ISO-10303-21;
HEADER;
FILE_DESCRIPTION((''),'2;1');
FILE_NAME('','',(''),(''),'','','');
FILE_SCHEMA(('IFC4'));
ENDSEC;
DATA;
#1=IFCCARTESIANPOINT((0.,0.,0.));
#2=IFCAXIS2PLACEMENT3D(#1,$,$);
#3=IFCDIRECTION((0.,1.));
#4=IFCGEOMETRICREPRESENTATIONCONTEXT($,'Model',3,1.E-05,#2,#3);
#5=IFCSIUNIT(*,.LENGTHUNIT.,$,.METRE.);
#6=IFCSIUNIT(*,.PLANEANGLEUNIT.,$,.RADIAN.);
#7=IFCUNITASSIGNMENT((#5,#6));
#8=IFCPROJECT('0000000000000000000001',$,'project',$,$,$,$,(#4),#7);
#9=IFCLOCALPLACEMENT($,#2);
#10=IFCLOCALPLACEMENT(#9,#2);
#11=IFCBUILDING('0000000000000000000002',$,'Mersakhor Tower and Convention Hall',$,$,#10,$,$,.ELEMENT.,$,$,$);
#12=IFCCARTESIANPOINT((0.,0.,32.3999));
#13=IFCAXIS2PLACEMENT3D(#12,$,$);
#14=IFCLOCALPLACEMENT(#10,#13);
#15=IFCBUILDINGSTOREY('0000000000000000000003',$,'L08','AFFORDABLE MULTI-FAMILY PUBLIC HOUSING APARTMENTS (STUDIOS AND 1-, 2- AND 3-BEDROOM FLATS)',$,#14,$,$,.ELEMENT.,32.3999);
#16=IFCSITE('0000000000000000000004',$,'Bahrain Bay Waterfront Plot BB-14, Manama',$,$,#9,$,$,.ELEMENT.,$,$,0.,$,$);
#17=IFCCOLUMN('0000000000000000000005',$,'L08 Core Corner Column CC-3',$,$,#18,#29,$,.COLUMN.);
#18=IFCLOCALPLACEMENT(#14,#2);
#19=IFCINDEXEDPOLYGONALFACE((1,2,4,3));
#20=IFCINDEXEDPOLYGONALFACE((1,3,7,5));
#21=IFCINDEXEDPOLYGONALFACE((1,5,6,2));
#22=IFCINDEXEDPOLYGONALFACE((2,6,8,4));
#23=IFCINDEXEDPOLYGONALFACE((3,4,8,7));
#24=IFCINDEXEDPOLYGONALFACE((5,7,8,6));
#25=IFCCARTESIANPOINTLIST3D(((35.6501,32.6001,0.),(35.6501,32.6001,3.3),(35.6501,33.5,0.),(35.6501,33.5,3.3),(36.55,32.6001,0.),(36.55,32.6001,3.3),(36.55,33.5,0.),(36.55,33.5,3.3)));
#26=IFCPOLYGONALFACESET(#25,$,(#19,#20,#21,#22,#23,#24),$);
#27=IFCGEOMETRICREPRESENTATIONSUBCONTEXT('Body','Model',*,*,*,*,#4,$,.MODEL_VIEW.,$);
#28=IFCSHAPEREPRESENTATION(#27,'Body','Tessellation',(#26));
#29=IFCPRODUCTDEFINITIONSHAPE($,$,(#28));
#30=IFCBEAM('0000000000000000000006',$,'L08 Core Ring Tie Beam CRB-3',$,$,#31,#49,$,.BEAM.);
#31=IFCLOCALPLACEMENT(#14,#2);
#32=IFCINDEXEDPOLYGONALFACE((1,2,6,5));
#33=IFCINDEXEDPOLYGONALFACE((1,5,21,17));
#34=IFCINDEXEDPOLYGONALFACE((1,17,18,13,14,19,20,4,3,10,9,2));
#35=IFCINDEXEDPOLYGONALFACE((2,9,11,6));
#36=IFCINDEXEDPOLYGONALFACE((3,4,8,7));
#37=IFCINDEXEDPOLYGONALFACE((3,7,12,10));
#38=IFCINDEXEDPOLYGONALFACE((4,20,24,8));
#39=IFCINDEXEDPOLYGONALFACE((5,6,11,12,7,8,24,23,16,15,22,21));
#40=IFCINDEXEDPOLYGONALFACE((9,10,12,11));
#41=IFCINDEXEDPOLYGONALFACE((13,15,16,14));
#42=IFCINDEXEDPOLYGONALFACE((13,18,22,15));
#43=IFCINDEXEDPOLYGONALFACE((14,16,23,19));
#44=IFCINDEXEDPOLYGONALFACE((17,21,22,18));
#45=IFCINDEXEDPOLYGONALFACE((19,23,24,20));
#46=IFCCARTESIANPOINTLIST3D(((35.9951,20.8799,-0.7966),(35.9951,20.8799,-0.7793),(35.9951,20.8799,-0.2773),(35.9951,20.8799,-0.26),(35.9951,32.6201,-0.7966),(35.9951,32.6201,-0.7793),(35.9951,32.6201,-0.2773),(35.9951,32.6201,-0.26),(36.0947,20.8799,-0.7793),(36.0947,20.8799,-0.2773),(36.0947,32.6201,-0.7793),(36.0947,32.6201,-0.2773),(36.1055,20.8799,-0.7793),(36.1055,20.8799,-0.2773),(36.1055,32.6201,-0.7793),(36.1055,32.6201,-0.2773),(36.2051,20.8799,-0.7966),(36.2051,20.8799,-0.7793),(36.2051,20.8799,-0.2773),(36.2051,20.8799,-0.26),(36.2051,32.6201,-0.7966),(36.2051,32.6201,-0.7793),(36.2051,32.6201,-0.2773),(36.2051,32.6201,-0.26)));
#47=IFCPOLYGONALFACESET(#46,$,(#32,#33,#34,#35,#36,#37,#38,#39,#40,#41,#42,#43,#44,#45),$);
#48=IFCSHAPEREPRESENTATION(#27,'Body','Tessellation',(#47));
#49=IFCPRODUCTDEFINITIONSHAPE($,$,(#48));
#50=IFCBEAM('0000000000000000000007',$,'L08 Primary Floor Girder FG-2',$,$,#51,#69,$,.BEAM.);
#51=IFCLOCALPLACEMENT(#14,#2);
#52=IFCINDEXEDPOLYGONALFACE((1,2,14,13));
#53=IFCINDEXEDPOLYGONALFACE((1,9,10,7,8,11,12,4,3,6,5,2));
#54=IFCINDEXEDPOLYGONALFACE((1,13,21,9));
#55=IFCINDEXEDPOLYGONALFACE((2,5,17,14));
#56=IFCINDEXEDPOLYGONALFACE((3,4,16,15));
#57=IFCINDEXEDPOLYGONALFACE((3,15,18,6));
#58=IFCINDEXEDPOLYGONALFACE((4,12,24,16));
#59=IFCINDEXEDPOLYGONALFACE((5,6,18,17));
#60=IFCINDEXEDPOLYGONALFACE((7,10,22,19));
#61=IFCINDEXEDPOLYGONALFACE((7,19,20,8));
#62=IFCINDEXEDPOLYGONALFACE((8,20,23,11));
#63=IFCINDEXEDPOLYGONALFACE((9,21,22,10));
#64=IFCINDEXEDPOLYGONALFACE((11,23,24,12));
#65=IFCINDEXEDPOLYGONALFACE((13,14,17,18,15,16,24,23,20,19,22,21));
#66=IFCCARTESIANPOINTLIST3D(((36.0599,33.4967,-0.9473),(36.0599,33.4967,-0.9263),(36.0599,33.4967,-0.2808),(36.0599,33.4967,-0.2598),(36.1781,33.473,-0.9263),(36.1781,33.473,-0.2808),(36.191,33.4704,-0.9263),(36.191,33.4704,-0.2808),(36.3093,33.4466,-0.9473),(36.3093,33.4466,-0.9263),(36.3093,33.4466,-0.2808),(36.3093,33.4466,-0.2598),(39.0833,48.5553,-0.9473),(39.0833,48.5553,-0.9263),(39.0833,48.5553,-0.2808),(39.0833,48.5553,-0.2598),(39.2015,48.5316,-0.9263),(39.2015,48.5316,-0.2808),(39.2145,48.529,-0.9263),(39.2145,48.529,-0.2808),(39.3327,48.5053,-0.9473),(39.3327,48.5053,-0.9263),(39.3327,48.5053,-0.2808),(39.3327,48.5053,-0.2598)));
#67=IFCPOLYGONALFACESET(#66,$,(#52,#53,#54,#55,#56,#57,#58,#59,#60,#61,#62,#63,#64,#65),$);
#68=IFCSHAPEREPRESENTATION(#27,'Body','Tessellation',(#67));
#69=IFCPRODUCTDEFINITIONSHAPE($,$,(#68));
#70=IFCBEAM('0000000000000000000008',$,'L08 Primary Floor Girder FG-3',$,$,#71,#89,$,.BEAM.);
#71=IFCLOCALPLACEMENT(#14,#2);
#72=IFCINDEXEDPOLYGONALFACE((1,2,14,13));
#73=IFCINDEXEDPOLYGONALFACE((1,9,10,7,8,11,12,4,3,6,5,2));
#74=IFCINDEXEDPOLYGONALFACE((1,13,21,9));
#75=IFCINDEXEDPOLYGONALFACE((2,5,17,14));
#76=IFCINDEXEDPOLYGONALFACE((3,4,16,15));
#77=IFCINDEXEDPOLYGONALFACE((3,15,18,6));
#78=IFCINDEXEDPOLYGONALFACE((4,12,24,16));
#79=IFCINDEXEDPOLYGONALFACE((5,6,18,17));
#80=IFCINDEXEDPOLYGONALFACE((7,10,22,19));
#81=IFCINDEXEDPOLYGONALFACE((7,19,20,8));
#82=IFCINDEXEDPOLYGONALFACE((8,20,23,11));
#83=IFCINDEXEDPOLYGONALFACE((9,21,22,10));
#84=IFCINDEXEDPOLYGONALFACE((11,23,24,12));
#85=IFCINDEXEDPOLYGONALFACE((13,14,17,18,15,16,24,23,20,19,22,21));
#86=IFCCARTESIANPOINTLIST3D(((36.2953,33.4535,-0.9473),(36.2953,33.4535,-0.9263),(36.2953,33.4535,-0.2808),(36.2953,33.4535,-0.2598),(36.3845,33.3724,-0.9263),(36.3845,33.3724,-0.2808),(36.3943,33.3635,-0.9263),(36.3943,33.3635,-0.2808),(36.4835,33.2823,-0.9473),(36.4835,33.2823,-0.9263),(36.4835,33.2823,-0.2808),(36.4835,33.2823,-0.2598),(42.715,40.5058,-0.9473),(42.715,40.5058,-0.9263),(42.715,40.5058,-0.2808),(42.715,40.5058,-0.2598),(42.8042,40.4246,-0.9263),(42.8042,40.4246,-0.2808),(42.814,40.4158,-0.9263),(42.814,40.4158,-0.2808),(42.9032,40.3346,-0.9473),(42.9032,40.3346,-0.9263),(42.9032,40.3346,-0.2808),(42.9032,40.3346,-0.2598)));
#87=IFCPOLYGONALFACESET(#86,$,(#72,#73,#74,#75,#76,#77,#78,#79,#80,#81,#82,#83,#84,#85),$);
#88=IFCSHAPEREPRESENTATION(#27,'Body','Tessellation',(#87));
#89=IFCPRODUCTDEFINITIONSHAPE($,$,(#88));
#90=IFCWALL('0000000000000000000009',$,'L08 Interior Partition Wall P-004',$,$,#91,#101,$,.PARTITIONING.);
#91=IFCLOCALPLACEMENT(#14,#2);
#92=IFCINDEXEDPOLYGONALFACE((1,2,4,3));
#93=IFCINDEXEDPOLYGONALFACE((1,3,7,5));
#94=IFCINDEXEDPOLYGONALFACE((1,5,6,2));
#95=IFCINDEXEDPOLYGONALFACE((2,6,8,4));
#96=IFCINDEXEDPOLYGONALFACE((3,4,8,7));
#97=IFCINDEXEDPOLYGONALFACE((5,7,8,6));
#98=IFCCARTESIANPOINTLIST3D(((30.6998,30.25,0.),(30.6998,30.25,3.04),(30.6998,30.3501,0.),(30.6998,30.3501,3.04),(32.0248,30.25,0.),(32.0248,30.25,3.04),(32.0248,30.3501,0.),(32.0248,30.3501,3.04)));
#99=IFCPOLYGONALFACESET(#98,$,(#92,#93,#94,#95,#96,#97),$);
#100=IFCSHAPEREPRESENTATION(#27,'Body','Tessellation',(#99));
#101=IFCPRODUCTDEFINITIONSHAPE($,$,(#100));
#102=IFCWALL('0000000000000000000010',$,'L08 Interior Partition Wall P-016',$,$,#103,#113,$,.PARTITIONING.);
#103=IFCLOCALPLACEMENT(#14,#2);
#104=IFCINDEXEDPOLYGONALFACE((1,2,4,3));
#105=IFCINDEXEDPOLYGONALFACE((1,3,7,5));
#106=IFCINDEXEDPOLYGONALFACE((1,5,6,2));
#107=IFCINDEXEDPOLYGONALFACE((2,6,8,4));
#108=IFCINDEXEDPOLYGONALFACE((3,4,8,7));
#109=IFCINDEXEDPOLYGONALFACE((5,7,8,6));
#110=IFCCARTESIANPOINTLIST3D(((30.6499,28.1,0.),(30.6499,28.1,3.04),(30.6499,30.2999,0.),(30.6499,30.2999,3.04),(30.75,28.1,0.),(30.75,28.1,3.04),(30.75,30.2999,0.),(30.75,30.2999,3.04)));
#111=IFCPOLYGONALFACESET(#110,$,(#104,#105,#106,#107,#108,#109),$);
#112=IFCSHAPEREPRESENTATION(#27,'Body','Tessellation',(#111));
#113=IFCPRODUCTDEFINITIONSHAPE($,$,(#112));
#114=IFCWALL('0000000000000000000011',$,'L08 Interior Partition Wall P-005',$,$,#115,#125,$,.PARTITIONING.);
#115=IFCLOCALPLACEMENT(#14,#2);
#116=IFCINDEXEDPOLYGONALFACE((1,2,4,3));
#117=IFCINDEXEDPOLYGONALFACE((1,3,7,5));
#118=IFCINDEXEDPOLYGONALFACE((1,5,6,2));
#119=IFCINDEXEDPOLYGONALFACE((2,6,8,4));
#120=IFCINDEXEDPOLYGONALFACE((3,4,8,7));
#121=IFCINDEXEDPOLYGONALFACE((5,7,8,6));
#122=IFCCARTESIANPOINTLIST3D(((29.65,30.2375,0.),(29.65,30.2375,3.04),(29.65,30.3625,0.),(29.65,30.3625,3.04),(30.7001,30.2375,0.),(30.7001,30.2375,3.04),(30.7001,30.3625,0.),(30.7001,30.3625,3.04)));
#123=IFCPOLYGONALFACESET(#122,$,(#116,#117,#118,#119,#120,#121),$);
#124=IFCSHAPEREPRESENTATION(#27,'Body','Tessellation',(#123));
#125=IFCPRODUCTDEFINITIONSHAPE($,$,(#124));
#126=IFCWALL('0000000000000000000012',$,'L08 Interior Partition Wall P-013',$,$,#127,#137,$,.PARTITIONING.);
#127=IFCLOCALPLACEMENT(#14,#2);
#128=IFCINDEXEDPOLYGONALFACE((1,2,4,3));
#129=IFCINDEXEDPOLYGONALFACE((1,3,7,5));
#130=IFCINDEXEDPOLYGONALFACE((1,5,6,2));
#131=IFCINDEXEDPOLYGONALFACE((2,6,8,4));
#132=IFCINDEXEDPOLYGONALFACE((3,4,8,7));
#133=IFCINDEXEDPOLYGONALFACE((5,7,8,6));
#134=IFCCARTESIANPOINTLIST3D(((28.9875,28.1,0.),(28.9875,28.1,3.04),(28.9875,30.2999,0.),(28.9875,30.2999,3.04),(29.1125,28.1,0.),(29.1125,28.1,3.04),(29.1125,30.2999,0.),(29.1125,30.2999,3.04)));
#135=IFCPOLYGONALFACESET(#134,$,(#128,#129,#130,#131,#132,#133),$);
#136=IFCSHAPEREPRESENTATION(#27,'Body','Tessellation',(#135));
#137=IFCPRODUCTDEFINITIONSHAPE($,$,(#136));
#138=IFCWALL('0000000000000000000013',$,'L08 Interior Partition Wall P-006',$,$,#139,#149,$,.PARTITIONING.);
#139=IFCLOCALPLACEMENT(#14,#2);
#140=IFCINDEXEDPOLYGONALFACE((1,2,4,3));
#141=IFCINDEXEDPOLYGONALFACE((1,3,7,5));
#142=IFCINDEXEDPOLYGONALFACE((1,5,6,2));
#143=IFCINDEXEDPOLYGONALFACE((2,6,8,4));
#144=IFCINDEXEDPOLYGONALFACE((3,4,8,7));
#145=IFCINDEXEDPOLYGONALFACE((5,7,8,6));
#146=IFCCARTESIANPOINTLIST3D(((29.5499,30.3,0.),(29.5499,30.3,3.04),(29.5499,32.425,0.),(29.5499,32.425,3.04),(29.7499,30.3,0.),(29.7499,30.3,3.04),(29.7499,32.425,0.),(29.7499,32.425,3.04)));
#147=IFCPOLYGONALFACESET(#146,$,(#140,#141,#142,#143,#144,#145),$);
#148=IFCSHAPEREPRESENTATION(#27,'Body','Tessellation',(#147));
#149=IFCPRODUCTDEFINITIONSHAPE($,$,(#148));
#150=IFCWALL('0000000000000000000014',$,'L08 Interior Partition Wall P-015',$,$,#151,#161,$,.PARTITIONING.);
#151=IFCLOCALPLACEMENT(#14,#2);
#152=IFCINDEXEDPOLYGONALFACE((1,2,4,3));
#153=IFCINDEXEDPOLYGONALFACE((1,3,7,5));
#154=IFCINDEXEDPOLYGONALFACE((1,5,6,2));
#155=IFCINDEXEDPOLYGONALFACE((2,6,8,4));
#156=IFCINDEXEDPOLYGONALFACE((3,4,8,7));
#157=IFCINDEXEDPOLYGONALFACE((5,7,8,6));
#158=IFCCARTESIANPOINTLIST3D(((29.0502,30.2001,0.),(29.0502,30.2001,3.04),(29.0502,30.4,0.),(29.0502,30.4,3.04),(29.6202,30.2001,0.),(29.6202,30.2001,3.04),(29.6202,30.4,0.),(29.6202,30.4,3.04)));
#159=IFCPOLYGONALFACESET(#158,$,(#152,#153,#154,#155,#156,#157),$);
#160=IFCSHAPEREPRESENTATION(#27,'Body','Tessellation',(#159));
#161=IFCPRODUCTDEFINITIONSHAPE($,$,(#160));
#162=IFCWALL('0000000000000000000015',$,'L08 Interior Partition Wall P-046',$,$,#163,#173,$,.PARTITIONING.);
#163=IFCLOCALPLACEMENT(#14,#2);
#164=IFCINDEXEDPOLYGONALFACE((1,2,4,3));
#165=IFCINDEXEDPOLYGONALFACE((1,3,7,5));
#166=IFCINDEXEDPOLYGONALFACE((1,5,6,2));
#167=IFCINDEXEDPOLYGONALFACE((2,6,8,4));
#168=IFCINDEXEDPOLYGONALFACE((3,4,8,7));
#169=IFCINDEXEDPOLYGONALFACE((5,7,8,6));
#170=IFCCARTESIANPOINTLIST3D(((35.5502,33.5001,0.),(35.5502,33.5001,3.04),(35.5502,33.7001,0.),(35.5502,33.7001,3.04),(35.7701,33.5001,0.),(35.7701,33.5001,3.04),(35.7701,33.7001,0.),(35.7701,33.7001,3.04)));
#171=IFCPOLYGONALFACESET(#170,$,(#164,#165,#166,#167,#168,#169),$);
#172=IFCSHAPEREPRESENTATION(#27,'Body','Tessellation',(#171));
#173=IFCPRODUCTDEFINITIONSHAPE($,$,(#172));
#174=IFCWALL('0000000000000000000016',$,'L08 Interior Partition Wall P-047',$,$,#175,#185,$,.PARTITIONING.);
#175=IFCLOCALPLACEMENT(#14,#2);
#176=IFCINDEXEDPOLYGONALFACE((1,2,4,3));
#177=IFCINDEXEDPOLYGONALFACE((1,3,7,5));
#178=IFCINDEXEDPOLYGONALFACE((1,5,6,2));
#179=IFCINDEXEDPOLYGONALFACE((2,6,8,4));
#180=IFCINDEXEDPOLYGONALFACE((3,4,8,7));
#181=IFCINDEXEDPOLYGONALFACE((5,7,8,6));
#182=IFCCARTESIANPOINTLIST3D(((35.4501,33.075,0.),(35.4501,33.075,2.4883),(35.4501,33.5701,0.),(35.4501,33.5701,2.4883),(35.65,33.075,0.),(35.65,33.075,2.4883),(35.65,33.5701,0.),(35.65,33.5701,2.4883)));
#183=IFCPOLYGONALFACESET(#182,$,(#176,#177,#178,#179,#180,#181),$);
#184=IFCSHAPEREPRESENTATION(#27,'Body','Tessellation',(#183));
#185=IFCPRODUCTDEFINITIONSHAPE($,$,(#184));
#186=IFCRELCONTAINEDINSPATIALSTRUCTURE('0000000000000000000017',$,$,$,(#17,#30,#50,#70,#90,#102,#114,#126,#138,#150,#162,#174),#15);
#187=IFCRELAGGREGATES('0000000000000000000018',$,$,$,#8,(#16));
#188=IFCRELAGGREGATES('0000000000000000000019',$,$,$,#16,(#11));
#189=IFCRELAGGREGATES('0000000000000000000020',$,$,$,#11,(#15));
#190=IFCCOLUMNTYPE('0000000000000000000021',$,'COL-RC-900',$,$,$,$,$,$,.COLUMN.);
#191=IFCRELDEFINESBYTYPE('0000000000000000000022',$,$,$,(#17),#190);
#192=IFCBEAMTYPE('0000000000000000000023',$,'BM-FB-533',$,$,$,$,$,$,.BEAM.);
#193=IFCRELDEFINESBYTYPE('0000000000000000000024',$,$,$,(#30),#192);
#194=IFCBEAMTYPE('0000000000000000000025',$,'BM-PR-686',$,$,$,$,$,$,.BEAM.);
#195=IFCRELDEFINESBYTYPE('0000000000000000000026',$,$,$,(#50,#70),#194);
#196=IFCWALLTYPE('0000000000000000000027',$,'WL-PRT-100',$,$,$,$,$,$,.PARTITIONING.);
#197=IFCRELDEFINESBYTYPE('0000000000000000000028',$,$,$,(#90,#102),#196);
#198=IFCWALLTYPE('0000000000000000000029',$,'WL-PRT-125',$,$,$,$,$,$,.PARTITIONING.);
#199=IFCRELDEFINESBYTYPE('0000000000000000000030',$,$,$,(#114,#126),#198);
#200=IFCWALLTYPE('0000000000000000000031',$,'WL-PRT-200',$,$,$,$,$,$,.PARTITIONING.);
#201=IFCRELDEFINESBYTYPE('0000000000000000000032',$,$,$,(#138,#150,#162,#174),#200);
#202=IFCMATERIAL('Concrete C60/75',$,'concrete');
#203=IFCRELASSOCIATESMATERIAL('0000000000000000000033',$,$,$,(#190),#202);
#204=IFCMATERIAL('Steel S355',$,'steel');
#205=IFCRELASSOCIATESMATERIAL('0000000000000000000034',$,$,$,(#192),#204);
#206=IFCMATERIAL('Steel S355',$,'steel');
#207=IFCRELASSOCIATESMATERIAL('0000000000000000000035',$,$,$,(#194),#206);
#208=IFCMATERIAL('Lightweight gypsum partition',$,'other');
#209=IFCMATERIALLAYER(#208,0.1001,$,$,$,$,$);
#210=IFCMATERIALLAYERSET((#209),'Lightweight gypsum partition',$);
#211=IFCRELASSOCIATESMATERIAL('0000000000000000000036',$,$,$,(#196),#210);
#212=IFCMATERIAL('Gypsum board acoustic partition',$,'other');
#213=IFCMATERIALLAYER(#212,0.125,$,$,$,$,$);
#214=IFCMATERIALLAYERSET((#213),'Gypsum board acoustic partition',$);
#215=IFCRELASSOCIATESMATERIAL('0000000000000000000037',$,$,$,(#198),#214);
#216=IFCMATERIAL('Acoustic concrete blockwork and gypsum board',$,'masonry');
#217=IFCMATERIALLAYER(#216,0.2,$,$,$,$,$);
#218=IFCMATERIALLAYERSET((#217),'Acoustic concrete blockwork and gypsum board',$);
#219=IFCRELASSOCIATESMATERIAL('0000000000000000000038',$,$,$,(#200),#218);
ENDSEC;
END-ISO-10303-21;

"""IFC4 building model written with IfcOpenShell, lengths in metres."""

from ifc_helpers import new_model, si_unit, direction, frame, frame_2d, origin, origin_2d, place, context, subcontext, project, spatial, rectangle, i_section, extrude, material, layer, layer_set, material_profile, profile_set, type_object, element, save


model = new_model("IFC4")

# Units and contexts
model_context = context("Model", 3, precision=1e-05, world=origin(), true_north=direction((0.0, 1.0)))
body_context = subcontext(model_context, "Body", "Model", "MODEL_VIEW")
ifc_project = project(units=[si_unit("LENGTHUNIT", "METRE"), si_unit("PLANEANGLEUNIT", "RADIAN")], contexts=[model_context])

# Site, building, storey
site_placement = place(None, origin())
site = spatial("IfcSite", under=ifc_project, at=site_placement, Name="Bahrain Bay Waterfront Plot BB-14, Manama", CompositionType="ELEMENT", RefElevation=0.0)
building_placement = place(site_placement, origin())
building = spatial("IfcBuilding", under=site, at=building_placement, Name="Mersakhor Tower and Convention Hall", CompositionType="ELEMENT")
storey_placement = place(building_placement, frame((0.0, 0.0, 32.3999)))
storey = spatial("IfcBuildingStorey", under=building, at=storey_placement, Name="L08", Description="AFFORDABLE MULTI-FAMILY PUBLIC HOUSING APARTMENTS (STUDIOS AND 1-, 2- AND 3-BEDROOM FLATS)", CompositionType="ELEMENT", Elevation=32.3999)

# Column
ifc_material_1 = material(Name="Concrete C60/75", Category="concrete")
ifc_material_profile_1 = material_profile(ifc_material_1, rectangle(XDim=0.8999, YDim=0.8999, at=origin_2d()), Name="RC 900x900")
ifc_profile_set_1 = profile_set([ifc_material_profile_1], Name="Concrete C60/75")
column_type = type_object("IfcColumnType", Name="COL-RC-900", PredefinedType="COLUMN", material=ifc_profile_set_1)
column_placement = place(storey_placement, frame((36.1001, 33.05, 0.0), z_axis=(0.0, 0.0, 1.0), x_axis=(1.0, 0.0, 0.0)))
element("IfcColumn", 1, at=column_placement, inside=storey, type_object=column_type, Name="L08 Core Corner Column CC-3", PredefinedType="COLUMN", context=body_context, shape_type="SweptSolid", body=[
    extrude(rectangle(XDim=0.8999, YDim=0.8999, at=origin_2d()), origin(), (0.0, 0.0, 1.0), 3.3),
])

# Beams
ifc_material_2 = material(Name="Steel S355", Category="steel")
ifc_material_profile_2 = material_profile(ifc_material_2, i_section(OverallWidth=0.21, OverallDepth=0.5366, WebThickness=0.0107, FlangeThickness=0.0173, at=origin_2d()), Name="UB 533x210x101")
ifc_profile_set_2 = profile_set([ifc_material_profile_2], Name="Steel S355")
beam_type_1 = type_object("IfcBeamType", Name="BM-FB-533", PredefinedType="BEAM", material=ifc_profile_set_2)
beam_1_placement = place(storey_placement, frame((36.1001, 32.6201, -0.5283), z_axis=(0.0, -1.0, 0.0), x_axis=(1.0, 0.0, 0.0)))
element("IfcBeam", 2, at=beam_1_placement, inside=storey, type_object=beam_type_1, Name="L08 Core Ring Tie Beam CRB-3", PredefinedType="BEAM", context=body_context, shape_type="SweptSolid", body=[
    extrude(i_section(OverallWidth=0.21, OverallDepth=0.5366, WebThickness=0.0107, FlangeThickness=0.0173, at=origin_2d()), origin(), (0.0, 0.0, 1.0), 11.7402),
])
ifc_material_3 = material(Name="Steel S355", Category="steel")
ifc_material_profile_3 = material_profile(ifc_material_3, i_section(OverallWidth=0.2544, OverallDepth=0.6875, WebThickness=0.0132, FlangeThickness=0.021, at=origin_2d()), Name="UB 686x254x152")
ifc_profile_set_3 = profile_set([ifc_material_profile_3], Name="Steel S355")
beam_type_2 = type_object("IfcBeamType", Name="BM-PR-686", PredefinedType="BEAM", material=ifc_profile_set_3)
beam_2_placement = place(storey_placement, frame((36.1846, 33.4717, -0.6035), z_axis=(0.19685, 0.980434, 0.0), x_axis=(-0.980434, 0.19685, 0.0)))
element("IfcBeam", 3, at=beam_2_placement, inside=storey, type_object=beam_type_2, Name="L08 Primary Floor Girder FG-2", PredefinedType="BEAM", context=body_context, shape_type="SweptSolid", body=[
    extrude(i_section(OverallWidth=0.2544, OverallDepth=0.6875, WebThickness=0.0132, FlangeThickness=0.021, at=origin_2d()), origin(), (0.0, 0.0, 1.0), 15.3591),
])
beam_3_placement = place(storey_placement, frame((36.3894, 33.3679, -0.6035), z_axis=(0.673163, 0.739494, 0.0), x_axis=(-0.739494, 0.673163, 0.0)))
element("IfcBeam", 4, at=beam_3_placement, inside=storey, type_object=beam_type_2, Name="L08 Primary Floor Girder FG-3", PredefinedType="BEAM", context=body_context, shape_type="SweptSolid", body=[
    extrude(i_section(OverallWidth=0.2544, OverallDepth=0.6875, WebThickness=0.0132, FlangeThickness=0.021, at=origin_2d()), origin(), (0.0, 0.0, 1.0), 9.5366),
])

# Walls
ifc_material_4 = material(Name="Lightweight gypsum partition", Category="other")
ifc_layer_1 = layer(ifc_material_4, 0.1001)
ifc_layer_set_1 = layer_set([ifc_layer_1], Name="Lightweight gypsum partition")
wall_type_1 = type_object("IfcWallType", Name="WL-PRT-100", PredefinedType="PARTITIONING", material=ifc_layer_set_1)
wall_1_placement = place(storey_placement, frame((32.0249, 30.3, 0.0), z_axis=(0.0, 0.0, 1.0), x_axis=(-1.0, 0.0, 0.0)))
element("IfcWall", 5, at=wall_1_placement, inside=storey, type_object=wall_type_1, Name="L08 Interior Partition Wall P-004", PredefinedType="PARTITIONING", context=body_context, shape_type="SweptSolid", body=[
    extrude(rectangle(XDim=1.325, YDim=0.1001, at=frame_2d((0.6626, 0.0))), origin(), (0.0, 0.0, 1.0), 3.04),
])
wall_2_placement = place(storey_placement, frame((30.7, 30.3, 0.0), z_axis=(0.0, 0.0, 1.0), x_axis=(0.0, -1.0, 0.0)))
element("IfcWall", 6, at=wall_2_placement, inside=storey, type_object=wall_type_1, Name="L08 Interior Partition Wall P-016", PredefinedType="PARTITIONING", context=body_context, shape_type="SweptSolid", body=[
    extrude(rectangle(XDim=2.2, YDim=0.1001, at=frame_2d((1.1001, 0.0))), origin(), (0.0, 0.0, 1.0), 3.04),
])
ifc_material_5 = material(Name="Gypsum board acoustic partition", Category="other")
ifc_layer_2 = layer(ifc_material_5, 0.125)
ifc_layer_set_2 = layer_set([ifc_layer_2], Name="Gypsum board acoustic partition")
wall_type_2 = type_object("IfcWallType", Name="WL-PRT-125", PredefinedType="PARTITIONING", material=ifc_layer_set_2)
wall_3_placement = place(storey_placement, frame((30.7, 30.3, 0.0), z_axis=(0.0, 0.0, 1.0), x_axis=(-1.0, 0.0, 0.0)))
element("IfcWall", 7, at=wall_3_placement, inside=storey, type_object=wall_type_2, Name="L08 Interior Partition Wall P-005", PredefinedType="PARTITIONING", context=body_context, shape_type="SweptSolid", body=[
    extrude(rectangle(XDim=1.05, YDim=0.125, at=frame_2d((0.5249, 0.0))), origin(), (0.0, 0.0, 1.0), 3.04),
])
wall_4_placement = place(storey_placement, frame((29.05, 30.3, 0.0), z_axis=(0.0, 0.0, 1.0), x_axis=(0.0, -1.0, 0.0)))
element("IfcWall", 8, at=wall_4_placement, inside=storey, type_object=wall_type_2, Name="L08 Interior Partition Wall P-013", PredefinedType="PARTITIONING", context=body_context, shape_type="SweptSolid", body=[
    extrude(rectangle(XDim=2.2, YDim=0.125, at=frame_2d((1.1001, 0.0))), origin(), (0.0, 0.0, 1.0), 3.04),
])
ifc_material_6 = material(Name="Acoustic concrete blockwork and gypsum board", Category="masonry")
ifc_layer_3 = layer(ifc_material_6, 0.2)
ifc_layer_set_3 = layer_set([ifc_layer_3], Name="Acoustic concrete blockwork and gypsum board")
wall_type_3 = type_object("IfcWallType", Name="WL-PRT-200", PredefinedType="PARTITIONING", material=ifc_layer_set_3)
wall_5_placement = place(storey_placement, frame((29.6499, 30.3, 0.0), z_axis=(0.0, 0.0, 1.0), x_axis=(0.0, 1.0, 0.0)))
element("IfcWall", 9, at=wall_5_placement, inside=storey, type_object=wall_type_3, Name="L08 Interior Partition Wall P-006", PredefinedType="PARTITIONING", context=body_context, shape_type="SweptSolid", body=[
    extrude(rectangle(XDim=2.125, YDim=0.2, at=frame_2d((1.0625, 0.0))), origin(), (0.0, 0.0, 1.0), 3.04),
])
wall_6_placement = place(storey_placement, frame((29.05, 30.3, 0.0), z_axis=(0.0, 0.0, 1.0), x_axis=(1.0, 0.0, 0.0)))
element("IfcWall", 10, at=wall_6_placement, inside=storey, type_object=wall_type_3, Name="L08 Interior Partition Wall P-015", PredefinedType="PARTITIONING", context=body_context, shape_type="SweptSolid", body=[
    extrude(rectangle(XDim=0.5701, YDim=0.2, at=frame_2d((0.2852, 0.0))), origin(), (0.0, 0.0, 1.0), 3.04),
])
wall_7_placement = place(storey_placement, frame((35.77, 33.6001, 0.0), z_axis=(0.0, 0.0, 1.0), x_axis=(-1.0, 0.0, 0.0)))
element("IfcWall", 11, at=wall_7_placement, inside=storey, type_object=wall_type_3, Name="L08 Interior Partition Wall P-046", PredefinedType="PARTITIONING", context=body_context, shape_type="SweptSolid", body=[
    extrude(rectangle(XDim=0.22, YDim=0.2, at=frame_2d((0.1099, 0.0))), origin(), (0.0, 0.0, 1.0), 3.04),
])
wall_8_placement = place(storey_placement, frame((35.55, 33.5701, 0.0), z_axis=(0.0, 0.0, 1.0), x_axis=(0.0, -1.0, 0.0)))
element("IfcWall", 12, at=wall_8_placement, inside=storey, type_object=wall_type_3, Name="L08 Interior Partition Wall P-047", PredefinedType="PARTITIONING", context=body_context, shape_type="SweptSolid", body=[
    extrude(rectangle(XDim=0.4951, YDim=0.2, at=frame_2d((0.2476, 0.0))), origin(), (0.0, 0.0, 1.0), 2.4883),
])

save(model, "model.ifc")
